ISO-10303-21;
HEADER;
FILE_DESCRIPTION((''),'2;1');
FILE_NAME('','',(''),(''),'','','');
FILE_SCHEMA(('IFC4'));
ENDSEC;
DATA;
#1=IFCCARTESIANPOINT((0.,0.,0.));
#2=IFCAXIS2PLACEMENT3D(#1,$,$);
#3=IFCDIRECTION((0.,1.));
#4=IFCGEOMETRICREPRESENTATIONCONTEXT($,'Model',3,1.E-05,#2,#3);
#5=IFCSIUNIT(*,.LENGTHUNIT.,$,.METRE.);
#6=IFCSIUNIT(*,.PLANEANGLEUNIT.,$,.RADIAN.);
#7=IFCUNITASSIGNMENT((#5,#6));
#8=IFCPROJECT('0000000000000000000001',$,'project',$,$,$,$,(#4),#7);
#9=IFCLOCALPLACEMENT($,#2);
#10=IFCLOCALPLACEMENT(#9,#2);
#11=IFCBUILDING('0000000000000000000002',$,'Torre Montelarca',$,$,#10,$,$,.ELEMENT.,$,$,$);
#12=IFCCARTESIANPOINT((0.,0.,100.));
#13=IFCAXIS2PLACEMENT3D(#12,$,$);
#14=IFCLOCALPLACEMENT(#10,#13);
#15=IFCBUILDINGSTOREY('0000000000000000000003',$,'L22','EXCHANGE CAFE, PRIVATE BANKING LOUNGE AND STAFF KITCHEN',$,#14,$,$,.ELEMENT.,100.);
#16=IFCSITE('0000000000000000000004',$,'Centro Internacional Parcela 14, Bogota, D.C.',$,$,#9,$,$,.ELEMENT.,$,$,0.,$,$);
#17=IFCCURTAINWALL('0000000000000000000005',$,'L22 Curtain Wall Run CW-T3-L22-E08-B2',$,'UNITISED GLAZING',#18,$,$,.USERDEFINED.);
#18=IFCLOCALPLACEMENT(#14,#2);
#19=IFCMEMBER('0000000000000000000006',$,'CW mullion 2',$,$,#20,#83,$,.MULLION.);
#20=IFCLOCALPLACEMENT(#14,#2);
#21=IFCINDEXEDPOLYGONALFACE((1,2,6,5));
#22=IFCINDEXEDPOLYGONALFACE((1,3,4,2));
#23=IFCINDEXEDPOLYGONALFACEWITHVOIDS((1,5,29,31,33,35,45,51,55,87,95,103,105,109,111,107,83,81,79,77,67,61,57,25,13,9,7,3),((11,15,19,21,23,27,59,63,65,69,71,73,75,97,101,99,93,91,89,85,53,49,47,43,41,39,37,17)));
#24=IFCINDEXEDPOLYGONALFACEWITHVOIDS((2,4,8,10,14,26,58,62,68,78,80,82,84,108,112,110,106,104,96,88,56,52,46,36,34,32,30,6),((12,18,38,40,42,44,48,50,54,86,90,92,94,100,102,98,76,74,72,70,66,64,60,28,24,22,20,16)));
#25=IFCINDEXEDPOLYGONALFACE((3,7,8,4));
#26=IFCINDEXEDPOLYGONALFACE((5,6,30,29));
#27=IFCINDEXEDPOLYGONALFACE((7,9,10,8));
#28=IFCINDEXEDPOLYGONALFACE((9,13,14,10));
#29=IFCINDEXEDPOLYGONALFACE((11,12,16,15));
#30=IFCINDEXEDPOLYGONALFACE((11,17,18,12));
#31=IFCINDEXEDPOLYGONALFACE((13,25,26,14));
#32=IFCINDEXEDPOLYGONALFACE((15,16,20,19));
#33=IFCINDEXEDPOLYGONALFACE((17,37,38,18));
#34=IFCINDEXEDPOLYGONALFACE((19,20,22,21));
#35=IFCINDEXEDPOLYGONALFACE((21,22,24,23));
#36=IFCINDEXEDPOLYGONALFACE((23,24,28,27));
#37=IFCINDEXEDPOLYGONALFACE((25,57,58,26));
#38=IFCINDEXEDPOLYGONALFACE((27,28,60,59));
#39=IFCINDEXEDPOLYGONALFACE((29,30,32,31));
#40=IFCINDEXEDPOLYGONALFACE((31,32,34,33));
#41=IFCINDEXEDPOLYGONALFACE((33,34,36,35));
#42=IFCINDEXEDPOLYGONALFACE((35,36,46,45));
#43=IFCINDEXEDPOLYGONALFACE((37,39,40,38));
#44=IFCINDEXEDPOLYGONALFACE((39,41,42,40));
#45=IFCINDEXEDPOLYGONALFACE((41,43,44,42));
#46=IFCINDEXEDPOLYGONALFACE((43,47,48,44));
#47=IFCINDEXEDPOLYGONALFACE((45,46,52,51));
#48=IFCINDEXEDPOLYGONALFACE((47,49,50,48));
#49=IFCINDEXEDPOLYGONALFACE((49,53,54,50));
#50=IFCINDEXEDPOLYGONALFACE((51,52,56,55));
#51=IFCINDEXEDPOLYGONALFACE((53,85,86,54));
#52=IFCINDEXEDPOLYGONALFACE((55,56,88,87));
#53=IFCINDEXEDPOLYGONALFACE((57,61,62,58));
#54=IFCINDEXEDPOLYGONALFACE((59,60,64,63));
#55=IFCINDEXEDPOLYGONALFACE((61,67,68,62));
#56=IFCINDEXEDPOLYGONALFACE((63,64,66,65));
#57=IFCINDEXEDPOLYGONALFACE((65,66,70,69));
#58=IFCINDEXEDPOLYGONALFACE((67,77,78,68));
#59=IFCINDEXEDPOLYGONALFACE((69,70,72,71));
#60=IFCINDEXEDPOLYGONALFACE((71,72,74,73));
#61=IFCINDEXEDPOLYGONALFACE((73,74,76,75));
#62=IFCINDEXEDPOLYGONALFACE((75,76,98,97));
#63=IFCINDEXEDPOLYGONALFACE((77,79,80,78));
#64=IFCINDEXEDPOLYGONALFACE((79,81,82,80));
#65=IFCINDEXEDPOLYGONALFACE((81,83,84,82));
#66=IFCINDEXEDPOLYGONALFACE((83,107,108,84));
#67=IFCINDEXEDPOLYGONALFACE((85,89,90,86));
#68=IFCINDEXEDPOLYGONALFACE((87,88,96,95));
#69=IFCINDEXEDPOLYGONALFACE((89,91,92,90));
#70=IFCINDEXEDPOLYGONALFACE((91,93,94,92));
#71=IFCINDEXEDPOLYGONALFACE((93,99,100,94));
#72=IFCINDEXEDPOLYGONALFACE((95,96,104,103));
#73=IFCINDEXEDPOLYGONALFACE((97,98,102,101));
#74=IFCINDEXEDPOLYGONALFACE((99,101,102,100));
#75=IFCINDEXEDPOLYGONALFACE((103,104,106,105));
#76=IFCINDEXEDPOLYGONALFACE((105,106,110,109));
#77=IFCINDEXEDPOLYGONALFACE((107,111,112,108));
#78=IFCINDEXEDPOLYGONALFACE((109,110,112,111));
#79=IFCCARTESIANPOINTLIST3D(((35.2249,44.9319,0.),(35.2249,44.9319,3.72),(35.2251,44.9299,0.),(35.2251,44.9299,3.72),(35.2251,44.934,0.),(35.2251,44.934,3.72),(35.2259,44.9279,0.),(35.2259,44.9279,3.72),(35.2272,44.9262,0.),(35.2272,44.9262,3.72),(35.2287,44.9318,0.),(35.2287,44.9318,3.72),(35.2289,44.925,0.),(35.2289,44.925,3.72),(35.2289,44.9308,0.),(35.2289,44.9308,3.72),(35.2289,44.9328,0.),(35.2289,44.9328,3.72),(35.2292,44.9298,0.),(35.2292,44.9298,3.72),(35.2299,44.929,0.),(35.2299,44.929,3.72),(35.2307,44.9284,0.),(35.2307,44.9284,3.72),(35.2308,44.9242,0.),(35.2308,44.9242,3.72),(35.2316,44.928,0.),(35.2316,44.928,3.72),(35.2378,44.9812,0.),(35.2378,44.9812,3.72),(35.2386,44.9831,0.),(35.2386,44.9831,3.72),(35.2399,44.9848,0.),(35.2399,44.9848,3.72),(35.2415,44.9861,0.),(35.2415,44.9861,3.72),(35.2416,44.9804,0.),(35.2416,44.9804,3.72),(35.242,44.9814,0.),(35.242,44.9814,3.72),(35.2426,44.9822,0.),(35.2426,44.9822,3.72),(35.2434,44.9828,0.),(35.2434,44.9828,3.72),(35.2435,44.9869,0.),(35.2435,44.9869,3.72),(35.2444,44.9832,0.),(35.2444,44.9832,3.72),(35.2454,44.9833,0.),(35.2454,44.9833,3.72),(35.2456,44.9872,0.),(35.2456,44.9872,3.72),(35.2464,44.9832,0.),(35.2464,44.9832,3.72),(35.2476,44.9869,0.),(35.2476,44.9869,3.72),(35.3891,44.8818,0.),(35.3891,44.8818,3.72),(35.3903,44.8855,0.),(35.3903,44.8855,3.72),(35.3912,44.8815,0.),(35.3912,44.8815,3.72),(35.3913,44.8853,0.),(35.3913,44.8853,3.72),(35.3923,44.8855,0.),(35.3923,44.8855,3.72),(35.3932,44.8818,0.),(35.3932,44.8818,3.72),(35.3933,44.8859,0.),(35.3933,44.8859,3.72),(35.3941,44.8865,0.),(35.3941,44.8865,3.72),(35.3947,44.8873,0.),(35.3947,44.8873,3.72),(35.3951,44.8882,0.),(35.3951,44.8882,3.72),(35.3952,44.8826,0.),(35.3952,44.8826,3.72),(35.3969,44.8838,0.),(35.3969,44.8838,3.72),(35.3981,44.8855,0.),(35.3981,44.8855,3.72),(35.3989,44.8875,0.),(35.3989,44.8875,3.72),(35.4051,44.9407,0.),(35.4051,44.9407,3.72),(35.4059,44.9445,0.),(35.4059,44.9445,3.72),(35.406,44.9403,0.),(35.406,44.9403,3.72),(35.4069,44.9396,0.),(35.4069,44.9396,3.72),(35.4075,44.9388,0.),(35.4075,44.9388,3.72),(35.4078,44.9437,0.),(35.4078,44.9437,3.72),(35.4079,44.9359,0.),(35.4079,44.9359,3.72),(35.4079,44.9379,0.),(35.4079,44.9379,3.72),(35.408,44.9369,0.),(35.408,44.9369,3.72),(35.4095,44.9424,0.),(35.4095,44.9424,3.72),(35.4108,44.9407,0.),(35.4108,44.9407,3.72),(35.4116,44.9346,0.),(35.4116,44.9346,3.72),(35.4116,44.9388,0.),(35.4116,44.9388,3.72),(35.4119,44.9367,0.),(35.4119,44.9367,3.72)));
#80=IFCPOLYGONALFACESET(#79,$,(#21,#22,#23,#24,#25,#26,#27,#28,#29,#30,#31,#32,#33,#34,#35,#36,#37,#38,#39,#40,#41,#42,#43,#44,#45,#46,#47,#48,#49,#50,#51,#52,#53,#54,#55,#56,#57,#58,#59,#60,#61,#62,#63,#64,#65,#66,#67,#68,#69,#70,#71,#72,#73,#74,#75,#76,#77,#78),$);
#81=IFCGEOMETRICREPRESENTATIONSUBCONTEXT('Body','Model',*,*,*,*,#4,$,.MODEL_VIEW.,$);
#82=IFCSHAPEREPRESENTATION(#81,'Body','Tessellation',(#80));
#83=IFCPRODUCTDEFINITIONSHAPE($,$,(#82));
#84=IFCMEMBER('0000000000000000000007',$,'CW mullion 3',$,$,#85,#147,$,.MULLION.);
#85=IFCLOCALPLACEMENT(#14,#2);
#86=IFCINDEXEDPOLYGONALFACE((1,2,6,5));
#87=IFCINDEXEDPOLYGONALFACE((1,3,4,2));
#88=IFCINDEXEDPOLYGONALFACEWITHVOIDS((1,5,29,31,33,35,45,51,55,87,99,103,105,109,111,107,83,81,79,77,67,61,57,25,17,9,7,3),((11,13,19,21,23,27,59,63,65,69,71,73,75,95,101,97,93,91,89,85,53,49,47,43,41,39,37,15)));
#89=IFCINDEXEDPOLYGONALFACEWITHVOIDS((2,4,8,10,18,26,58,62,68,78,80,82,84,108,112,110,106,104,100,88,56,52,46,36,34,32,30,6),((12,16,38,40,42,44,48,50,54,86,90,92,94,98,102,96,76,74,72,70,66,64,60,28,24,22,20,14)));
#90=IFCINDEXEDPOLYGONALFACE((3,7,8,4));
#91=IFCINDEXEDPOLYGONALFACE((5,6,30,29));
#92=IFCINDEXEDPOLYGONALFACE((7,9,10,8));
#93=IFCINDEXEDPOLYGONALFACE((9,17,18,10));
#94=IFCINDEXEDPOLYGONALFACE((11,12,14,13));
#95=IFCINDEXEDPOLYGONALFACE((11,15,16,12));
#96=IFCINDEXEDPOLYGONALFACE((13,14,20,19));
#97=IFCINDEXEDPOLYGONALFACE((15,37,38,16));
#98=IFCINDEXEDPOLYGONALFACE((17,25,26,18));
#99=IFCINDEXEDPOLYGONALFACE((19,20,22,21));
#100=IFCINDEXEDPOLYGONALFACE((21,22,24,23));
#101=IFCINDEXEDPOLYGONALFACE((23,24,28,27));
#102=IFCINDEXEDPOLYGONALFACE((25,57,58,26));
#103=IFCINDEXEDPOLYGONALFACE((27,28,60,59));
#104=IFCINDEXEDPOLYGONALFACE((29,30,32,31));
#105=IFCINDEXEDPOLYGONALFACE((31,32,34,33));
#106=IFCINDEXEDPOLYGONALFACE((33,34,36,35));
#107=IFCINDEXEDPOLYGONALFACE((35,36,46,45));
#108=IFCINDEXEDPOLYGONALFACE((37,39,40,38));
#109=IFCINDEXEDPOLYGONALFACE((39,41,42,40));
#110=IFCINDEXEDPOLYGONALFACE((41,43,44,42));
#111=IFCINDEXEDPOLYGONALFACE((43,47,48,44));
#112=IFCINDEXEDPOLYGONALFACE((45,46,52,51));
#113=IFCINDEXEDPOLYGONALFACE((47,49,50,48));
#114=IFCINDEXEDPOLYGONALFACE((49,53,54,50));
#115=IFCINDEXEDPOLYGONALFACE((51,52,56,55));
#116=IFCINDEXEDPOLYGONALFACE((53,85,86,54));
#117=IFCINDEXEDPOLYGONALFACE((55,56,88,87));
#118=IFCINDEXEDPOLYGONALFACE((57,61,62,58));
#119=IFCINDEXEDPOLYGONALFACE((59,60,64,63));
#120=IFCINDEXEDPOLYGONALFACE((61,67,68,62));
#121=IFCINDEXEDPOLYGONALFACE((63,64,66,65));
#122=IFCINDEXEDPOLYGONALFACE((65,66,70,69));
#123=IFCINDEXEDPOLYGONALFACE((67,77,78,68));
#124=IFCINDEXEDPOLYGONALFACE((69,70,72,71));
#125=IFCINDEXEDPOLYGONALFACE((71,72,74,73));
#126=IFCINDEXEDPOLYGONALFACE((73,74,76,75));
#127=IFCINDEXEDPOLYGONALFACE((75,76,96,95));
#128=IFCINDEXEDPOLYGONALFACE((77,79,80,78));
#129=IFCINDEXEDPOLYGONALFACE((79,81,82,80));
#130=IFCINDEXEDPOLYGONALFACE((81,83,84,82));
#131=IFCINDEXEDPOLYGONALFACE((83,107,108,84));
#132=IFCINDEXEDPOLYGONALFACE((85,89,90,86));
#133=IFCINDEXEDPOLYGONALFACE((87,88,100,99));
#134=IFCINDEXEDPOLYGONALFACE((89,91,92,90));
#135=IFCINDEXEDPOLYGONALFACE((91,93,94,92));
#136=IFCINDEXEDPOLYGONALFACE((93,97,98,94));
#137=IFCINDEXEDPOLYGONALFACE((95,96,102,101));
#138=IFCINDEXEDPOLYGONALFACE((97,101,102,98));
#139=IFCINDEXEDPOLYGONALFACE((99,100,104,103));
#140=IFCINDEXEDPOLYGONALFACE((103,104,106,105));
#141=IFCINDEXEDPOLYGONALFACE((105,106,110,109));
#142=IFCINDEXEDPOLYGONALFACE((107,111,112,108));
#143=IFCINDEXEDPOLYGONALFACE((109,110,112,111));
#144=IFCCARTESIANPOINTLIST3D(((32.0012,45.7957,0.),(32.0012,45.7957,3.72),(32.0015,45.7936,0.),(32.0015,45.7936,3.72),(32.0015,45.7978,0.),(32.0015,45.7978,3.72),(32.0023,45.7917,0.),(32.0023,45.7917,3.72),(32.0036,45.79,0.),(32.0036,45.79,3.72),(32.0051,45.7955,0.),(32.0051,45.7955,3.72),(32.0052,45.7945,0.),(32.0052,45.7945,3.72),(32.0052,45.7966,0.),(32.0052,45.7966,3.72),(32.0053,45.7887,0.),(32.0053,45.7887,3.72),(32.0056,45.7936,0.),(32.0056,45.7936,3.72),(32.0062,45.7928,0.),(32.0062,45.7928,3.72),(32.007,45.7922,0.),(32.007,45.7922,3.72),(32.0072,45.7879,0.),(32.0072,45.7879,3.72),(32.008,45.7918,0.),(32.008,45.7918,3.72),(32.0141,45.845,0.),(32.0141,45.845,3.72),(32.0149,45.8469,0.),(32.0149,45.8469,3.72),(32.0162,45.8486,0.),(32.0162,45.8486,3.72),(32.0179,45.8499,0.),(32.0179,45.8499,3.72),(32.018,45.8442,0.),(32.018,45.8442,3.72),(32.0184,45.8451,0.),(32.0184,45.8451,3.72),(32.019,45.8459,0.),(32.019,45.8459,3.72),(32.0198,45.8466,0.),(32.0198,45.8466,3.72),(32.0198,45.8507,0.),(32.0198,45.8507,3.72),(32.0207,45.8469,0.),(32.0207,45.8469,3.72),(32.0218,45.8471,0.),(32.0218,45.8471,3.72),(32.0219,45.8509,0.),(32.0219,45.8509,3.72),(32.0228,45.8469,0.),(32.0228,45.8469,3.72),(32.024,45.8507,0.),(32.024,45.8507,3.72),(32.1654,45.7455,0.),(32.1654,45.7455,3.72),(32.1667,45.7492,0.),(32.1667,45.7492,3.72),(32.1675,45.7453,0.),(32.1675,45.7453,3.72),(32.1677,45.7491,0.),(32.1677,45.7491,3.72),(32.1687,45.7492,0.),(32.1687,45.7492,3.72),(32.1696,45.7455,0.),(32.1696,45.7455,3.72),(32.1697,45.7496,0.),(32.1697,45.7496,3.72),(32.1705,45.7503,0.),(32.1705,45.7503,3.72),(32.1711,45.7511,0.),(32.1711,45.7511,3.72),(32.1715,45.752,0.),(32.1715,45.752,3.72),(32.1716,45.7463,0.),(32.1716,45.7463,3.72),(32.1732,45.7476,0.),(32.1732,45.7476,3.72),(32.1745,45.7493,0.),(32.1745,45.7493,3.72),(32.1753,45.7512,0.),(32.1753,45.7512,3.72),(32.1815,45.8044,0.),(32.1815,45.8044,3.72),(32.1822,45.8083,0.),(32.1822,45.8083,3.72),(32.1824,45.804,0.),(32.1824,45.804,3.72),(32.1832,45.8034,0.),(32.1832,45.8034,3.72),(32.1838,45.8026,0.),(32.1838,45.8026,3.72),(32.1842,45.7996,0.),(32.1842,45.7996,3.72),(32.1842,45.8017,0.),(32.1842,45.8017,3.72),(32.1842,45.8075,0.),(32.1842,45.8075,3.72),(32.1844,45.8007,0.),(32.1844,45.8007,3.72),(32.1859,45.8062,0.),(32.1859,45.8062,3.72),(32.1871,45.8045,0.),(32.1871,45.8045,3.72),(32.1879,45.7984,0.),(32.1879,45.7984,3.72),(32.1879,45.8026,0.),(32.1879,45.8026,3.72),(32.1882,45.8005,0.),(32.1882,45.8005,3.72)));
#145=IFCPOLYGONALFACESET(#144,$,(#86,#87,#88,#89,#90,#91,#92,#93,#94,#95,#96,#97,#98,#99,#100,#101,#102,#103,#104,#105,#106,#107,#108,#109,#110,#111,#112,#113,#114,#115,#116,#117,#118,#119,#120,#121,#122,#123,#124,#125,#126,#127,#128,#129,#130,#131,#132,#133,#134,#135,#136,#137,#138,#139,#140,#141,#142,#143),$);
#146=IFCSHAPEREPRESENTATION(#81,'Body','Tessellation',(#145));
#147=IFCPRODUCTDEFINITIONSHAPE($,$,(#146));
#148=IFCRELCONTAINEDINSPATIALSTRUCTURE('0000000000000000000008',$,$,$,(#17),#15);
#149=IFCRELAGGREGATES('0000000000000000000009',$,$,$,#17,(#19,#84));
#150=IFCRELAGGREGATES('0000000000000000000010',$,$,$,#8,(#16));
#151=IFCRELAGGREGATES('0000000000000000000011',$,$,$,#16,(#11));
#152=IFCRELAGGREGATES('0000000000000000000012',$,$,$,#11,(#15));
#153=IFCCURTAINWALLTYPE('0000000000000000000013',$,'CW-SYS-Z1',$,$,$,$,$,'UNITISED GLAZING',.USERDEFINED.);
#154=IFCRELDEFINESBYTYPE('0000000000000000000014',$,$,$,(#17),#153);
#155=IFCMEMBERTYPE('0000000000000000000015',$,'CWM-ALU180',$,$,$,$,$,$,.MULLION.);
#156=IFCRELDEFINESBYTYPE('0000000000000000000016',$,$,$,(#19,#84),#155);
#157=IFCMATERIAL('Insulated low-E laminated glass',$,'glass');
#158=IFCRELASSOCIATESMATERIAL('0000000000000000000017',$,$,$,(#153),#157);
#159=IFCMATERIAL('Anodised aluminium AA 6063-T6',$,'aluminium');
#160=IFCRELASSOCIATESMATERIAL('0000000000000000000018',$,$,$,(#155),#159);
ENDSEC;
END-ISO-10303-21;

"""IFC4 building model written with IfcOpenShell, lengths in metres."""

from ifc_helpers import new_model, si_unit, direction, frame, origin, origin_2d, place, context, subcontext, project, spatial, hollow_rectangle, extrude, source, transform, mapped, material, material_profile, profile_set, type_object, element, aggregate, save


model = new_model("IFC4")

# Units and contexts
model_context = context("Model", 3, precision=1e-05, world=origin(), true_north=direction((0.0, 1.0)))
body_context = subcontext(model_context, "Body", "Model", "MODEL_VIEW")
ifc_project = project(units=[si_unit("LENGTHUNIT", "METRE"), si_unit("PLANEANGLEUNIT", "RADIAN")], contexts=[model_context])

# Site, building, storey
site_placement = place(None, origin())
site = spatial("IfcSite", under=ifc_project, at=site_placement, Name="Centro Internacional Parcela 14, Bogota, D.C.", CompositionType="ELEMENT", RefElevation=0.0)
building_placement = place(site_placement, origin())
building = spatial("IfcBuilding", under=site, at=building_placement, Name="Torre Montelarca", CompositionType="ELEMENT")
storey_placement = place(building_placement, frame((0.0, 0.0, 100.0)))
storey = spatial("IfcBuildingStorey", under=building, at=storey_placement, Name="L22", Description="EXCHANGE CAFE, PRIVATE BANKING LOUNGE AND STAFF KITCHEN", CompositionType="ELEMENT", Elevation=100.0)

# Curtain wall
ifc_material_1 = material(Name="Insulated low-E laminated glass", Category="glass")
curtain_wall_type = type_object("IfcCurtainWallType", Name="CW-SYS-Z1", ElementType="UNITISED GLAZING", PredefinedType="USERDEFINED", material=ifc_material_1)
curtain_wall_1_placement = place(storey_placement, origin())
curtain_wall_1 = element("IfcCurtainWall", 1, at=curtain_wall_1_placement, inside=storey, type_object=curtain_wall_type, Name="L22 Curtain Wall Run CW-T3-L22-E08-B2", ObjectType="UNITISED GLAZING", PredefinedType="USERDEFINED")
ifc_material_2 = material(Name="Anodised aluminium AA 6063-T6", Category="aluminium")

# Members
ifc_material_profile_1 = material_profile(ifc_material_2, hollow_rectangle(XDim=0.0649, YDim=0.1799, WallThickness=0.0039, InnerFilletRadius=0.0039, OuterFilletRadius=0.0081, at=origin_2d()), Name="ALU65X180X4", Category="aluminium")
ifc_profile_set_1 = profile_set([ifc_material_profile_1], Name="Anodised aluminium AA 6063-T6")
member_type_1 = type_object("IfcMemberType", Name="CWM-ALU180", PredefinedType="MULLION", material=ifc_profile_set_1)
shared_shape_1 = source(origin(), body_context, "Body", "SweptSolid", [
    extrude(hollow_rectangle(XDim=0.0649, YDim=0.1799, WallThickness=0.0039, InnerFilletRadius=0.0039, OuterFilletRadius=0.0081, at=origin_2d()), origin(), (0.0, 0.0, 1.0), 3.72),
])
member_1_placement = place(storey_placement, frame((35.3184, 44.9343, 0.0), z_axis=(0.0, 0.0, 1.0), x_axis=(-0.258815, -0.965927, 0.0)))
member_1 = element("IfcMember", 2, at=member_1_placement, type_object=member_type_1, Name="CW mullion 2", PredefinedType="MULLION", context=body_context, shape_type="MappedRepresentation", body=[
    mapped(shared_shape_1, transform((0.0, 0.0, 0.0), scale=1.0)),
])
member_2_placement = place(storey_placement, frame((32.0947, 45.7981, 0.0), z_axis=(0.0, 0.0, 1.0), x_axis=(-0.258815, -0.965927, 0.0)))
member_2 = element("IfcMember", 3, at=member_2_placement, type_object=member_type_1, Name="CW mullion 3", PredefinedType="MULLION", context=body_context, shape_type="MappedRepresentation", body=[
    mapped(shared_shape_1, transform((0.0, 0.0, 0.0), scale=1.0)),
])

aggregate(curtain_wall_1, [member_1, member_2])

save(model, "model.ifc")
